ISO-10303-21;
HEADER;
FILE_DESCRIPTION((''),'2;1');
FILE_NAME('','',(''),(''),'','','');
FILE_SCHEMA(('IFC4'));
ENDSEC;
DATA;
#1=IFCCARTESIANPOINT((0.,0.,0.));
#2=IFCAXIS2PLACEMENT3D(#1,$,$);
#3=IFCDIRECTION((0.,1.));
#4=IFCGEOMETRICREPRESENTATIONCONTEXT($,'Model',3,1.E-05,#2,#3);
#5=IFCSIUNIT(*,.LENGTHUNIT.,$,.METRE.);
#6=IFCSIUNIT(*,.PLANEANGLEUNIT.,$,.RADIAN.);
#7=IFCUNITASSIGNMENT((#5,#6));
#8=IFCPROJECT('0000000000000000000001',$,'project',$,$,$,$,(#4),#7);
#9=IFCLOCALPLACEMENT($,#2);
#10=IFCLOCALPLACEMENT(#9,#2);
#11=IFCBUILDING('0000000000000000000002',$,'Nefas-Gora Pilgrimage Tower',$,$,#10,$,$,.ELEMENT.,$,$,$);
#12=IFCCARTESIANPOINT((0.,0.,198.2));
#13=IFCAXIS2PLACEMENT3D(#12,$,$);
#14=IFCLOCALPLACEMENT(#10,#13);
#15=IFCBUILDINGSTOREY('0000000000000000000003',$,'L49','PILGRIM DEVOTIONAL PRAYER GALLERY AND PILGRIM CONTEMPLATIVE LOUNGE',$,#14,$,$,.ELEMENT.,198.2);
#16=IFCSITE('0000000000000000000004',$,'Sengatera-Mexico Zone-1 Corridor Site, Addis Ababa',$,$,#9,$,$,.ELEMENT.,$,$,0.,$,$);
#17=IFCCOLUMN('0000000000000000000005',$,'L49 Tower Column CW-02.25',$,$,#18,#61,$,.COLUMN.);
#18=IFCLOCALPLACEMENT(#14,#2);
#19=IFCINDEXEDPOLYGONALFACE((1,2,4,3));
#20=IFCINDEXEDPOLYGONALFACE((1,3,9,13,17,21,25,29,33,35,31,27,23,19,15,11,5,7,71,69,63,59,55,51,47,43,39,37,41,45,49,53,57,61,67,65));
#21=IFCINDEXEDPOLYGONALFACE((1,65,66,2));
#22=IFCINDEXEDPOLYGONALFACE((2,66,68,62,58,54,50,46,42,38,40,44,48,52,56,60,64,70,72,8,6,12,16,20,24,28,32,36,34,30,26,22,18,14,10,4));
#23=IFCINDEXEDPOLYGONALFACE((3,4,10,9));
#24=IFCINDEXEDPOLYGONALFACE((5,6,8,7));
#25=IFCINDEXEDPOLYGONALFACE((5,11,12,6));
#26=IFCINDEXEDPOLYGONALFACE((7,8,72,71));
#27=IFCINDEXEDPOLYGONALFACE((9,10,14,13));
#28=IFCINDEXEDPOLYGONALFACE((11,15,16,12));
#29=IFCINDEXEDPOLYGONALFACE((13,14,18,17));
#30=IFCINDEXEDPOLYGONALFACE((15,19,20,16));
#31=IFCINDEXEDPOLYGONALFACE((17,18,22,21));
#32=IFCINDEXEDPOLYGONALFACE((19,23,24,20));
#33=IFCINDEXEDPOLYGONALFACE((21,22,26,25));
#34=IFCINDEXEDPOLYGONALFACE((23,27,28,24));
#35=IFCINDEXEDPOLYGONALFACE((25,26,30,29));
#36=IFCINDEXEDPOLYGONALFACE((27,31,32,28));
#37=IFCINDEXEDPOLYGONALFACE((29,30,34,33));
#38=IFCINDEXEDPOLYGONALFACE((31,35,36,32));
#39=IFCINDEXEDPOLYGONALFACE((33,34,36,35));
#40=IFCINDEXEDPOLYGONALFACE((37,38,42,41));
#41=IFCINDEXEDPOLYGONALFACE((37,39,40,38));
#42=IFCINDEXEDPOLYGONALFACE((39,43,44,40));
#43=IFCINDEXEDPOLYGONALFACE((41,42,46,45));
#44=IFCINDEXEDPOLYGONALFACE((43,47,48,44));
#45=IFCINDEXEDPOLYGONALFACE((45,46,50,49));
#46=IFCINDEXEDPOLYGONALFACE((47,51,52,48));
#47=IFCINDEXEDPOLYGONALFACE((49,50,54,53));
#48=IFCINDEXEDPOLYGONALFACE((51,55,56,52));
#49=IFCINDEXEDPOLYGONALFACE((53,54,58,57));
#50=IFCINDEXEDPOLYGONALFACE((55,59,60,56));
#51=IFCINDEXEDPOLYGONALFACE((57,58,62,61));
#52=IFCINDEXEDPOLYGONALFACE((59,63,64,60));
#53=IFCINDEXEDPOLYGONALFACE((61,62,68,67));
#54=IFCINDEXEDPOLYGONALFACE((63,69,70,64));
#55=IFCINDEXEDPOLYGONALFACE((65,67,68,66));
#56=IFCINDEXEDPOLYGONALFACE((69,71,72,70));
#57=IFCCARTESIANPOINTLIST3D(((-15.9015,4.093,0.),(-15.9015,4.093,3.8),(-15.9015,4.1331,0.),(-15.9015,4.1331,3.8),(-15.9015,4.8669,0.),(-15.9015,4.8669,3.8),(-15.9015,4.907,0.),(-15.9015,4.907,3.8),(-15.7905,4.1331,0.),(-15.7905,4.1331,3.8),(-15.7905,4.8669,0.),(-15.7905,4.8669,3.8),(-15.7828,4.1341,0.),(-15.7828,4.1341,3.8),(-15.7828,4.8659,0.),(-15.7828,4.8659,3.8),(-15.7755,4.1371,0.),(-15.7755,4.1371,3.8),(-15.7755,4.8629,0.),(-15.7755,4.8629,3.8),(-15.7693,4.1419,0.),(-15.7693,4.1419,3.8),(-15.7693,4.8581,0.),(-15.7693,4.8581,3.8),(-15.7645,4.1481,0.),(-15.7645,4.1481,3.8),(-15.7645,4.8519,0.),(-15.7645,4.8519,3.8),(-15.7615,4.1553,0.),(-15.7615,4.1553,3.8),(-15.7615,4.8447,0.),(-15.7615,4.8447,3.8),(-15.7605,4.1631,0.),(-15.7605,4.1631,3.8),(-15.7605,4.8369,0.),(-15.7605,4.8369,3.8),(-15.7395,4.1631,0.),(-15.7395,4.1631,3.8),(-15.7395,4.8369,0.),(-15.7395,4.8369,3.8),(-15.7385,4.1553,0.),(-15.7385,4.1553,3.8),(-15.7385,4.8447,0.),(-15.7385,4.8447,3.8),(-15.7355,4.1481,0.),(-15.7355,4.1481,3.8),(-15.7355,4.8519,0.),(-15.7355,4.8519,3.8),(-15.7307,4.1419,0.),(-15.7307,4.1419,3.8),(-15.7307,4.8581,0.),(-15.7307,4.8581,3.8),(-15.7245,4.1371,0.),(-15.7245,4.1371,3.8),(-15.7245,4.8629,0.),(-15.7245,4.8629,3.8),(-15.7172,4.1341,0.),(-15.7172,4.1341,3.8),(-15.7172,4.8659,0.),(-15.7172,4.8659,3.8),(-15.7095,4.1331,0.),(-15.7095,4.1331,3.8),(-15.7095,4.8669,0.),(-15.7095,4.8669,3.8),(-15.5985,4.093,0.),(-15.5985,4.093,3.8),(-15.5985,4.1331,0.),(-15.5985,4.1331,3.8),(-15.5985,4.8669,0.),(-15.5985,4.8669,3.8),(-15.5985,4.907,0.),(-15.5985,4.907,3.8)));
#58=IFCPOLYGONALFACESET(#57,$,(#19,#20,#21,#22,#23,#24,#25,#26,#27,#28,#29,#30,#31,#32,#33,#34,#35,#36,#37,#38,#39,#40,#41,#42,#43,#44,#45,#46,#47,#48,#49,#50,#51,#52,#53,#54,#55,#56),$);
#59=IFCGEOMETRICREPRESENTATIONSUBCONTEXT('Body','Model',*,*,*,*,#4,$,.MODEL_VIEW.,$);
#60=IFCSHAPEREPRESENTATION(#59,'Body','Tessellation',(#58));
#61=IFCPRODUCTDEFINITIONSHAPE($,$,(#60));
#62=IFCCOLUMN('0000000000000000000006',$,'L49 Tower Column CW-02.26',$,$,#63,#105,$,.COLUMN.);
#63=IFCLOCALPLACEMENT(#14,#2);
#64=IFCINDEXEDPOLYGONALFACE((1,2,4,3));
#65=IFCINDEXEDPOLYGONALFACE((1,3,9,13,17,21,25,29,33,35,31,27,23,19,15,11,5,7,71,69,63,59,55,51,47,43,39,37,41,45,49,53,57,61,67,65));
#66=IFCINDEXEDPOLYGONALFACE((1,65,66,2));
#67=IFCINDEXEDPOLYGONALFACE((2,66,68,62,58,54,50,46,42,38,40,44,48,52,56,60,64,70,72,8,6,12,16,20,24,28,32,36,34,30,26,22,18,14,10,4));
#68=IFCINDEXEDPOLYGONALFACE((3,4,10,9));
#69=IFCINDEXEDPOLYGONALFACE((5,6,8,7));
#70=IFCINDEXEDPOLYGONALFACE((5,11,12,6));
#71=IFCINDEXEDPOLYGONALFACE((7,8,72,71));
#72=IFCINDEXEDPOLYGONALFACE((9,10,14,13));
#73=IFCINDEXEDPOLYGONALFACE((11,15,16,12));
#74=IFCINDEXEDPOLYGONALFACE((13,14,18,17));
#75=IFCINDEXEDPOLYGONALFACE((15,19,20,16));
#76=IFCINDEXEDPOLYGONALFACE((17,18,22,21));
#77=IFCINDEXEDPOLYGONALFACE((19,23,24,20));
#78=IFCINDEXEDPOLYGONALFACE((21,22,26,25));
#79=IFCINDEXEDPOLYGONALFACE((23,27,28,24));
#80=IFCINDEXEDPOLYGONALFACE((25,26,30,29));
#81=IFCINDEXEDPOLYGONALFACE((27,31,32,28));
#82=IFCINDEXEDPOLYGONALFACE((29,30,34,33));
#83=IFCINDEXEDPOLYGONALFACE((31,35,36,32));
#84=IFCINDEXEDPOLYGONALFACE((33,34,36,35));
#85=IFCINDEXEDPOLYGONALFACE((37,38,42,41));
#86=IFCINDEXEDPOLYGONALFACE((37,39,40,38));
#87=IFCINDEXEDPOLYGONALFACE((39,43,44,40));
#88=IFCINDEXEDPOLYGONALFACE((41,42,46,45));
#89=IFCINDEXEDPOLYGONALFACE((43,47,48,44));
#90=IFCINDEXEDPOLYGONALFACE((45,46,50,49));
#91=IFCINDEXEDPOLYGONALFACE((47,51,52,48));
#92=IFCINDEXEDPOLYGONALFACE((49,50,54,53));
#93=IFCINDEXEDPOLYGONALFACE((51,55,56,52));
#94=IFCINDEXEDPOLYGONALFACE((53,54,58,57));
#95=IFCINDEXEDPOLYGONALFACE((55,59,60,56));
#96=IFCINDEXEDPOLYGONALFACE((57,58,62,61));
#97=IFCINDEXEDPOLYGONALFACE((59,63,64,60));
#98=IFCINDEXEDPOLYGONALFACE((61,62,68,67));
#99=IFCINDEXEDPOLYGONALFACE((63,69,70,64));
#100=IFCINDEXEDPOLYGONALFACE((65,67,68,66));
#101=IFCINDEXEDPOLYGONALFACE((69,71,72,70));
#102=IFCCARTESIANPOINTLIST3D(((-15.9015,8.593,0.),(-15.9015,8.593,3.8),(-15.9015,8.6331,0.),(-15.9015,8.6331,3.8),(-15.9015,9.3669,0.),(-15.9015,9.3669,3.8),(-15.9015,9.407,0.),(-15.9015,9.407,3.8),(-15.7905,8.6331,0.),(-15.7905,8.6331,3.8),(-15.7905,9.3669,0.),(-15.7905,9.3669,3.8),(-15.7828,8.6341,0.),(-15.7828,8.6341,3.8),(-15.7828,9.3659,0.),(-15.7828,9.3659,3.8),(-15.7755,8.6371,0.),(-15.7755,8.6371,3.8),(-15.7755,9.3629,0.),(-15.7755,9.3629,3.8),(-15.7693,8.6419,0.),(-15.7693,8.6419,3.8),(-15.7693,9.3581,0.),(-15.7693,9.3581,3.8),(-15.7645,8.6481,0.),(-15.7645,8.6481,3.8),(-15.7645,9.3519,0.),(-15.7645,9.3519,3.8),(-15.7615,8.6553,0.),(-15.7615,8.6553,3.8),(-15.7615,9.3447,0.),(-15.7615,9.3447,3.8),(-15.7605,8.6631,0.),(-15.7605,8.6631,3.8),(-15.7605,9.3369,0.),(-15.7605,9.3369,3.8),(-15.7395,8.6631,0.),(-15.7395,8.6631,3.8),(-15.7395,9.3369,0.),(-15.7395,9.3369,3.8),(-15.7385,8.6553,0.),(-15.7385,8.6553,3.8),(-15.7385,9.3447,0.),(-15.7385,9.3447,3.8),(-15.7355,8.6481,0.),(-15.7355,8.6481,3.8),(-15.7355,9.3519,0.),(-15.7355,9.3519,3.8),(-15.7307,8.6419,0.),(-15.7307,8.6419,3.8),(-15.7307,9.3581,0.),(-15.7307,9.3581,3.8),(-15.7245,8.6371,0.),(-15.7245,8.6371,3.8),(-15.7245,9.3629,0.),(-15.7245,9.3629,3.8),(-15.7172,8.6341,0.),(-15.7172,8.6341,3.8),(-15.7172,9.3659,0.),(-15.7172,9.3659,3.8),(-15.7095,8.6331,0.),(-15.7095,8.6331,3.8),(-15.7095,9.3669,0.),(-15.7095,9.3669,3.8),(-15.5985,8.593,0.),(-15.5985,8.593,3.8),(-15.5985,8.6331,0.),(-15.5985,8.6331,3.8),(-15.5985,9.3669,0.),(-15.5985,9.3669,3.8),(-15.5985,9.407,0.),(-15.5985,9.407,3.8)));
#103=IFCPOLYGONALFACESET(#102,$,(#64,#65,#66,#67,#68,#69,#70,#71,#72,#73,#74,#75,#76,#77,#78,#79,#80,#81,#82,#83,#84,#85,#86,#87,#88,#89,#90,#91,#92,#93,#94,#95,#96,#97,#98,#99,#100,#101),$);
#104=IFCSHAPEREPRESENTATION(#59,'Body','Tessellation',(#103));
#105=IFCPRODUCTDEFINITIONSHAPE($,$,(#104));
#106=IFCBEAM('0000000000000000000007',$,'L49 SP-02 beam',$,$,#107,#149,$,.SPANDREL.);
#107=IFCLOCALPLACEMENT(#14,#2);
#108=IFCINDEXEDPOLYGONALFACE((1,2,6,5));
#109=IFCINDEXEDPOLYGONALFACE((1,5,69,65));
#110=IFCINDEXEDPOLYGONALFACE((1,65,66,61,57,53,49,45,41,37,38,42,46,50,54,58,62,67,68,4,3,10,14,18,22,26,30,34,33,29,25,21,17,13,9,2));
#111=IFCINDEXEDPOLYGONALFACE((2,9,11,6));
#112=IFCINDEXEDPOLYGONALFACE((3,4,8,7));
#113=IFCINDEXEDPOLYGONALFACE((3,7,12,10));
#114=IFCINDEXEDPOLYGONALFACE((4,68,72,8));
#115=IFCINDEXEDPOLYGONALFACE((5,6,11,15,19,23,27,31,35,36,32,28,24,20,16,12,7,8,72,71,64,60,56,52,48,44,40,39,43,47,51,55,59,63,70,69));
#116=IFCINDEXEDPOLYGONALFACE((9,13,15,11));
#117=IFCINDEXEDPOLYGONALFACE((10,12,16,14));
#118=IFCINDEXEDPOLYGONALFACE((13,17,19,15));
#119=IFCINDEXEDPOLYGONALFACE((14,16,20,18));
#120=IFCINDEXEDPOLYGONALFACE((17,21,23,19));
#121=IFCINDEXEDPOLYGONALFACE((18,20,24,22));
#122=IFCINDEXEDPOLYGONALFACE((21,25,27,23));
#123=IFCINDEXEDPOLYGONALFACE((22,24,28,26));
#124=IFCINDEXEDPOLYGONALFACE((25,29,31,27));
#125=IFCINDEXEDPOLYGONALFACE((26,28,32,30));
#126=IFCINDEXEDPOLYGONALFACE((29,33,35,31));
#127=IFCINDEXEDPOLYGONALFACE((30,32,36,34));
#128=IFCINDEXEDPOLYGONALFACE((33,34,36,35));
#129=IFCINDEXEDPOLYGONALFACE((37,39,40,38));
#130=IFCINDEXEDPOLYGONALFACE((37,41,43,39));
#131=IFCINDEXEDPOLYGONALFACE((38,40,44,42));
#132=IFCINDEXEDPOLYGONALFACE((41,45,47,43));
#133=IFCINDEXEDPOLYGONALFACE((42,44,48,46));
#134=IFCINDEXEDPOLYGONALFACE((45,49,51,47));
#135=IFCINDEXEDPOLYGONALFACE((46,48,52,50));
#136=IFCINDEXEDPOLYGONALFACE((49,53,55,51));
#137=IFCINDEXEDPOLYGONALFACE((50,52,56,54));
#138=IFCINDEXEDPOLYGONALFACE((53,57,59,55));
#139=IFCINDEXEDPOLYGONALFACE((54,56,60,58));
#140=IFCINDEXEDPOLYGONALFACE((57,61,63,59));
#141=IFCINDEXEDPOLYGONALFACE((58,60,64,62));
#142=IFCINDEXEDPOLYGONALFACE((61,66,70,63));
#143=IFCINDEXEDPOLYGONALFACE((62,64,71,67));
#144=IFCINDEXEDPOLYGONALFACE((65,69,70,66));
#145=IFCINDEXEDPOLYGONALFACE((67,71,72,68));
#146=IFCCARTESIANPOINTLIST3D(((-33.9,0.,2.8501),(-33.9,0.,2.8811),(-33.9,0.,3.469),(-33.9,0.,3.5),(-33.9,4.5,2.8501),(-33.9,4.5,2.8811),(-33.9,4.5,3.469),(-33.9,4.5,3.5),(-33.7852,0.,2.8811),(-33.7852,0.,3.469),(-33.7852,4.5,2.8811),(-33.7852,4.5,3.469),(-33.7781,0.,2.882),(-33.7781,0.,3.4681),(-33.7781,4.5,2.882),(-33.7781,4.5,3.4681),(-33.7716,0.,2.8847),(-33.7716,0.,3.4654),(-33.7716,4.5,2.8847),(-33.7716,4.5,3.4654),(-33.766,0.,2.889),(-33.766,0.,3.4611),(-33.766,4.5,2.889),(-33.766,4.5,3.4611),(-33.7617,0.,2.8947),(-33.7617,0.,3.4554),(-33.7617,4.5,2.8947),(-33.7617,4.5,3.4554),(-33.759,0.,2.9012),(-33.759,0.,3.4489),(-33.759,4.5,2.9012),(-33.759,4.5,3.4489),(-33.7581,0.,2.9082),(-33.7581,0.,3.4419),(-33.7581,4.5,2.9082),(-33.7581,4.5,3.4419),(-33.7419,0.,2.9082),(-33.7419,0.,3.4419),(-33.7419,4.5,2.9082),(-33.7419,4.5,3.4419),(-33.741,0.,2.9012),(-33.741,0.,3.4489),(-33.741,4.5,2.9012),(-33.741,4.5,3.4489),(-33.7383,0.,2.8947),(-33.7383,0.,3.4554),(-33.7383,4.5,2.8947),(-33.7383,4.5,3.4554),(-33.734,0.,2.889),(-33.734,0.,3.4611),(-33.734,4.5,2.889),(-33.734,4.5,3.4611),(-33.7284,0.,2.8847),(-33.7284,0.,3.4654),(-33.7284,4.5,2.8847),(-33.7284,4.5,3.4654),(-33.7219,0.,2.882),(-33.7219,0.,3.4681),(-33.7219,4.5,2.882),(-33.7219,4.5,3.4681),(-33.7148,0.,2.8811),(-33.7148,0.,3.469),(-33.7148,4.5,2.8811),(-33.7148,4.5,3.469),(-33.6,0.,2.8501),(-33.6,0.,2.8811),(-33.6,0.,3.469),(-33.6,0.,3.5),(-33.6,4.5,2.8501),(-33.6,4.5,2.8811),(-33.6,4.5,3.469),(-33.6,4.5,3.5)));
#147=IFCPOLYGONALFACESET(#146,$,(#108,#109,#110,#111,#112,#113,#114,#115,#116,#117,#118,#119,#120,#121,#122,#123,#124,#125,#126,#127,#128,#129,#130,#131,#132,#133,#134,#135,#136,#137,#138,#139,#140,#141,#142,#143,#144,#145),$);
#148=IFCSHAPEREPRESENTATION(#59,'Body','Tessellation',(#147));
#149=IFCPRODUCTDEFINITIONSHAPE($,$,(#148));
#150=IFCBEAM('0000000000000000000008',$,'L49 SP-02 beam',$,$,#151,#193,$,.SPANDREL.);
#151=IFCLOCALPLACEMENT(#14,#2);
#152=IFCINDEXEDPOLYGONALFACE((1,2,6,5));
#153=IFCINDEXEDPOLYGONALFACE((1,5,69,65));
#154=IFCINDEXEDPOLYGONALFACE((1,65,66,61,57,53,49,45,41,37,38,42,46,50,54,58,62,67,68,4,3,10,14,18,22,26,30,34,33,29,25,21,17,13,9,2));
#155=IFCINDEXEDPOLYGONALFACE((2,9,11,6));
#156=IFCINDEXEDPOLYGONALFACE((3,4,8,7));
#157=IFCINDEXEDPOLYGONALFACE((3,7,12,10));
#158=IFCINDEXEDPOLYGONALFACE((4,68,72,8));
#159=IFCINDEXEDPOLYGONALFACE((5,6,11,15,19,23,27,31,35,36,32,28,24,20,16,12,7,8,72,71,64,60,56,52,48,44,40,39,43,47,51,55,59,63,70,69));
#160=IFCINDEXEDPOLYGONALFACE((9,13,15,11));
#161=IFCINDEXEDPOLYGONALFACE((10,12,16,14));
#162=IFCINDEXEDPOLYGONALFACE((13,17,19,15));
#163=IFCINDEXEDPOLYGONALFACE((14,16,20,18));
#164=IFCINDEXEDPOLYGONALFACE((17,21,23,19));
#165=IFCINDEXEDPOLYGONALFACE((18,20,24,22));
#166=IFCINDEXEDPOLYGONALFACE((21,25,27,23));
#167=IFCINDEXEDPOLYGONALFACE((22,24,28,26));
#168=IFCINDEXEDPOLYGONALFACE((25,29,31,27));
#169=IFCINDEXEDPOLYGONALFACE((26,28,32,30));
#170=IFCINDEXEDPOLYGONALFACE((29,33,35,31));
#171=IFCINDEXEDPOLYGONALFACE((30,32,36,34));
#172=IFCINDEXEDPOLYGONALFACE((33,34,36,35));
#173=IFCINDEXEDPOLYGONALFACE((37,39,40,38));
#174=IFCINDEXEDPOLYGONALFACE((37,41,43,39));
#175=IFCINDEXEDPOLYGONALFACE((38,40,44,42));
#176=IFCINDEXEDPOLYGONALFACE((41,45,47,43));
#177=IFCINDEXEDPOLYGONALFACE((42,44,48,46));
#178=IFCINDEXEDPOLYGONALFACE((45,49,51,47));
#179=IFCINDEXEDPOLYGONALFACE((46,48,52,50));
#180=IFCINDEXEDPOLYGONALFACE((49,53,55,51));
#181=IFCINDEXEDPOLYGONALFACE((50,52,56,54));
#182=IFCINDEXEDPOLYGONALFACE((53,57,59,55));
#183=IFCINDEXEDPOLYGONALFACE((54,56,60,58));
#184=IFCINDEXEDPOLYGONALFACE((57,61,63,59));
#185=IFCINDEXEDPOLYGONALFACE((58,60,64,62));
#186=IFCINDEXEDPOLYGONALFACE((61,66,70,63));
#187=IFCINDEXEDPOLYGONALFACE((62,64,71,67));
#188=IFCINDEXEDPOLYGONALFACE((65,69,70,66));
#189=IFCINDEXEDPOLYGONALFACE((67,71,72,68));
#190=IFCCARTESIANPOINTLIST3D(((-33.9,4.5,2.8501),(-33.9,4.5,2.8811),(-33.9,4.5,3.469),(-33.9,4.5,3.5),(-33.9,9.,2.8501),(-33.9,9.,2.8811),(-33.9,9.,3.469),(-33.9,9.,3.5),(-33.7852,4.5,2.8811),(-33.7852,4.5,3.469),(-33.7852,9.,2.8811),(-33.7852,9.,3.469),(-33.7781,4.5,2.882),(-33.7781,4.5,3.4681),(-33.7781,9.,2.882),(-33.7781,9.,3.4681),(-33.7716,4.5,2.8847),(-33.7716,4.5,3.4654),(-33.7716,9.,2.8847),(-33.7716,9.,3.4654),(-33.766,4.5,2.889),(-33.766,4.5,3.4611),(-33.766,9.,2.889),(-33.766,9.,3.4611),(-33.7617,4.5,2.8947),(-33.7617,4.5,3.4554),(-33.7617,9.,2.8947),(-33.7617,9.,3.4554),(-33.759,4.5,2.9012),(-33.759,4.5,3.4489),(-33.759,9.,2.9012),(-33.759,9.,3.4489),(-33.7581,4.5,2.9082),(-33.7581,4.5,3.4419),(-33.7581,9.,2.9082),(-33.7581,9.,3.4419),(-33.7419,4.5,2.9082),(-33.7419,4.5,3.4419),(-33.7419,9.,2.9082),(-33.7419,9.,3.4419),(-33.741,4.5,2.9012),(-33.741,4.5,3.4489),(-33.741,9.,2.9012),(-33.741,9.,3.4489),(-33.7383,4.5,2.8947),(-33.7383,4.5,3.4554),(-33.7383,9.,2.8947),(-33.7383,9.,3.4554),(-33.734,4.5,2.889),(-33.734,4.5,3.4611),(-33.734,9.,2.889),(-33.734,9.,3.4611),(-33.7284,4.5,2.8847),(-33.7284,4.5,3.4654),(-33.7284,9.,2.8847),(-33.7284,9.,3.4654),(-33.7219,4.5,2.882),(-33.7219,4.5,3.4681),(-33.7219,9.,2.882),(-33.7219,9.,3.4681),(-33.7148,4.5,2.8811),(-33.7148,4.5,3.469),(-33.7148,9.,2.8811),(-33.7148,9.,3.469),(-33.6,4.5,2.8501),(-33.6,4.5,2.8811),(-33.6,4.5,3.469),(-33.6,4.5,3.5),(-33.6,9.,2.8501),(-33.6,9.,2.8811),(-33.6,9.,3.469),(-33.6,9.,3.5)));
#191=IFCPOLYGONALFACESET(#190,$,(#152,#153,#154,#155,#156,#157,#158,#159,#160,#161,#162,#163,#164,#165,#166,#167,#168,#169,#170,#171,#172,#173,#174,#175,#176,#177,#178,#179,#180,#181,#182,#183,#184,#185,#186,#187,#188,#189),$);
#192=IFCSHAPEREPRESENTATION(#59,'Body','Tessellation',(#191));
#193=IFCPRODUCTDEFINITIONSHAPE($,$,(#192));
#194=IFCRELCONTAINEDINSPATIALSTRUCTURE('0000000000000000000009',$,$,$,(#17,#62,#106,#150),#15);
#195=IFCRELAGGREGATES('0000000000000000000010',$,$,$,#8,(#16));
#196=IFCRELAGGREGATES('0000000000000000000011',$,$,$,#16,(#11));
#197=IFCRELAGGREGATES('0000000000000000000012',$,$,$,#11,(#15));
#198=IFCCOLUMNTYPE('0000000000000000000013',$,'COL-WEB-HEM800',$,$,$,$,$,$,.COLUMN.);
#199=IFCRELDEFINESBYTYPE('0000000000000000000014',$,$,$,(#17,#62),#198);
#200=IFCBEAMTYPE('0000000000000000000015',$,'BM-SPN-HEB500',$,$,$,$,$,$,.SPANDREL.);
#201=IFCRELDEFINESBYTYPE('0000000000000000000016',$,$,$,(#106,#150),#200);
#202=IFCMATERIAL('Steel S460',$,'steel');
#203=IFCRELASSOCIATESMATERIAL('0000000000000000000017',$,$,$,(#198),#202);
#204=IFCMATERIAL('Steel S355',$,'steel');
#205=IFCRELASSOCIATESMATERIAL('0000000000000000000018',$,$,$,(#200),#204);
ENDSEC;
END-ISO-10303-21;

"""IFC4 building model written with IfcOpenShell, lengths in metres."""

from ifc_helpers import new_model, si_unit, direction, frame, origin, origin_2d, place, context, subcontext, project, spatial, i_section, extrude, source, transform, mapped, material, material_profile, profile_set, type_object, element, save


model = new_model("IFC4")

# Units and contexts
model_context = context("Model", 3, precision=1e-05, world=origin(), true_north=direction((0.0, 1.0)))
body_context = subcontext(model_context, "Body", "Model", "MODEL_VIEW")
ifc_project = project(units=[si_unit("LENGTHUNIT", "METRE"), si_unit("PLANEANGLEUNIT", "RADIAN")], contexts=[model_context])

# Site, building, storey
site_placement = place(None, origin())
site = spatial("IfcSite", under=ifc_project, at=site_placement, Name="Sengatera-Mexico Zone-1 Corridor Site, Addis Ababa", CompositionType="ELEMENT", RefElevation=0.0)
building_placement = place(site_placement, origin())
building = spatial("IfcBuilding", under=site, at=building_placement, Name="Nefas-Gora Pilgrimage Tower", CompositionType="ELEMENT")
storey_placement = place(building_placement, frame((0.0, 0.0, 198.2)))
storey = spatial("IfcBuildingStorey", under=building, at=storey_placement, Name="L49", Description="PILGRIM DEVOTIONAL PRAYER GALLERY AND PILGRIM CONTEMPLATIVE LOUNGE", CompositionType="ELEMENT", Elevation=198.2)

# Columns
ifc_material_1 = material(Name="Steel S460", Category="steel")
ifc_material_profile_1 = material_profile(ifc_material_1, i_section(OverallWidth=0.303, OverallDepth=0.814, WebThickness=0.021, FlangeThickness=0.04, FilletRadius=0.03, at=origin_2d()), Name="HEM 800")
ifc_profile_set_1 = profile_set([ifc_material_profile_1], Name="Steel S460")
column_type_1 = type_object("IfcColumnType", Name="COL-WEB-HEM800", PredefinedType="COLUMN", material=ifc_profile_set_1)
shared_shape_1 = source(origin(), body_context, "Body", "SweptSolid", [
    extrude(i_section(OverallWidth=0.303, OverallDepth=0.814, WebThickness=0.021, FlangeThickness=0.04, FilletRadius=0.03, at=origin_2d()), origin(), (0.0, 0.0, 1.0), 3.8),
])
for number, where, z_axis, x_axis, name in (
    (1, (-15.75, 4.5, 0.0), (0.0, 0.0, 1.0), (1.0, 0.0, 0.0), "L49 Tower Column CW-02.25"),
    (2, (-15.75, 9.0, 0.0), (0.0, 0.0, 1.0), (1.0, 0.0, 0.0), "L49 Tower Column CW-02.26"),
):
    element("IfcColumn", number, at=place(storey_placement, frame(where, z_axis=z_axis, x_axis=x_axis)), inside=storey, type_object=column_type_1, Name=name, PredefinedType="COLUMN", context=body_context, shape_type="MappedRepresentation", body=[
        mapped(shared_shape_1, transform((0.0, 0.0, 0.0), x_axis=(1.0, 0.0, 0.0), y_axis=(0.0, 1.0, 0.0), z_axis=(0.0, 0.0, 1.0), scale=1.0)),
    ])

# Beams
ifc_material_2 = material(Name="Steel S355", Category="steel")
ifc_material_profile_2 = material_profile(ifc_material_2, i_section(OverallWidth=0.3, OverallDepth=0.6499, WebThickness=0.0161, FlangeThickness=0.031, FilletRadius=0.0271, at=origin_2d()), Name="HEB 650")
ifc_profile_set_2 = profile_set([ifc_material_profile_2], Name="Steel S355")
beam_type_1 = type_object("IfcBeamType", Name="BM-SPN-HEB500", PredefinedType="SPANDREL", material=ifc_profile_set_2)
shared_shape_2 = source(origin(), body_context, "Body", "SweptSolid", [
    extrude(i_section(OverallWidth=0.3, OverallDepth=0.6499, WebThickness=0.0161, FlangeThickness=0.031, FilletRadius=0.0271, at=origin_2d()), origin(), (0.0, 0.0, 1.0), 4.5),
])
for number, where, z_axis, x_axis, name in (
    (3, (-33.75, 0.0, 3.175), (0.0, 1.0, 0.0), (-1.0, 0.0, 0.0), "L49 SP-02 beam"),
    (4, (-33.75, 4.5, 3.175), (0.0, 1.0, 0.0), (-1.0, 0.0, 0.0), "L49 SP-02 beam"),
):
    element("IfcBeam", number, at=place(storey_placement, frame(where, z_axis=z_axis, x_axis=x_axis)), inside=storey, type_object=beam_type_1, Name=name, PredefinedType="SPANDREL", context=body_context, shape_type="MappedRepresentation", body=[
        mapped(shared_shape_2, transform((0.0, 0.0, 0.0), x_axis=(1.0, 0.0, 0.0), y_axis=(0.0, 1.0, 0.0), z_axis=(0.0, 0.0, 1.0), scale=1.0)),
    ])

save(model, "model.ifc")
